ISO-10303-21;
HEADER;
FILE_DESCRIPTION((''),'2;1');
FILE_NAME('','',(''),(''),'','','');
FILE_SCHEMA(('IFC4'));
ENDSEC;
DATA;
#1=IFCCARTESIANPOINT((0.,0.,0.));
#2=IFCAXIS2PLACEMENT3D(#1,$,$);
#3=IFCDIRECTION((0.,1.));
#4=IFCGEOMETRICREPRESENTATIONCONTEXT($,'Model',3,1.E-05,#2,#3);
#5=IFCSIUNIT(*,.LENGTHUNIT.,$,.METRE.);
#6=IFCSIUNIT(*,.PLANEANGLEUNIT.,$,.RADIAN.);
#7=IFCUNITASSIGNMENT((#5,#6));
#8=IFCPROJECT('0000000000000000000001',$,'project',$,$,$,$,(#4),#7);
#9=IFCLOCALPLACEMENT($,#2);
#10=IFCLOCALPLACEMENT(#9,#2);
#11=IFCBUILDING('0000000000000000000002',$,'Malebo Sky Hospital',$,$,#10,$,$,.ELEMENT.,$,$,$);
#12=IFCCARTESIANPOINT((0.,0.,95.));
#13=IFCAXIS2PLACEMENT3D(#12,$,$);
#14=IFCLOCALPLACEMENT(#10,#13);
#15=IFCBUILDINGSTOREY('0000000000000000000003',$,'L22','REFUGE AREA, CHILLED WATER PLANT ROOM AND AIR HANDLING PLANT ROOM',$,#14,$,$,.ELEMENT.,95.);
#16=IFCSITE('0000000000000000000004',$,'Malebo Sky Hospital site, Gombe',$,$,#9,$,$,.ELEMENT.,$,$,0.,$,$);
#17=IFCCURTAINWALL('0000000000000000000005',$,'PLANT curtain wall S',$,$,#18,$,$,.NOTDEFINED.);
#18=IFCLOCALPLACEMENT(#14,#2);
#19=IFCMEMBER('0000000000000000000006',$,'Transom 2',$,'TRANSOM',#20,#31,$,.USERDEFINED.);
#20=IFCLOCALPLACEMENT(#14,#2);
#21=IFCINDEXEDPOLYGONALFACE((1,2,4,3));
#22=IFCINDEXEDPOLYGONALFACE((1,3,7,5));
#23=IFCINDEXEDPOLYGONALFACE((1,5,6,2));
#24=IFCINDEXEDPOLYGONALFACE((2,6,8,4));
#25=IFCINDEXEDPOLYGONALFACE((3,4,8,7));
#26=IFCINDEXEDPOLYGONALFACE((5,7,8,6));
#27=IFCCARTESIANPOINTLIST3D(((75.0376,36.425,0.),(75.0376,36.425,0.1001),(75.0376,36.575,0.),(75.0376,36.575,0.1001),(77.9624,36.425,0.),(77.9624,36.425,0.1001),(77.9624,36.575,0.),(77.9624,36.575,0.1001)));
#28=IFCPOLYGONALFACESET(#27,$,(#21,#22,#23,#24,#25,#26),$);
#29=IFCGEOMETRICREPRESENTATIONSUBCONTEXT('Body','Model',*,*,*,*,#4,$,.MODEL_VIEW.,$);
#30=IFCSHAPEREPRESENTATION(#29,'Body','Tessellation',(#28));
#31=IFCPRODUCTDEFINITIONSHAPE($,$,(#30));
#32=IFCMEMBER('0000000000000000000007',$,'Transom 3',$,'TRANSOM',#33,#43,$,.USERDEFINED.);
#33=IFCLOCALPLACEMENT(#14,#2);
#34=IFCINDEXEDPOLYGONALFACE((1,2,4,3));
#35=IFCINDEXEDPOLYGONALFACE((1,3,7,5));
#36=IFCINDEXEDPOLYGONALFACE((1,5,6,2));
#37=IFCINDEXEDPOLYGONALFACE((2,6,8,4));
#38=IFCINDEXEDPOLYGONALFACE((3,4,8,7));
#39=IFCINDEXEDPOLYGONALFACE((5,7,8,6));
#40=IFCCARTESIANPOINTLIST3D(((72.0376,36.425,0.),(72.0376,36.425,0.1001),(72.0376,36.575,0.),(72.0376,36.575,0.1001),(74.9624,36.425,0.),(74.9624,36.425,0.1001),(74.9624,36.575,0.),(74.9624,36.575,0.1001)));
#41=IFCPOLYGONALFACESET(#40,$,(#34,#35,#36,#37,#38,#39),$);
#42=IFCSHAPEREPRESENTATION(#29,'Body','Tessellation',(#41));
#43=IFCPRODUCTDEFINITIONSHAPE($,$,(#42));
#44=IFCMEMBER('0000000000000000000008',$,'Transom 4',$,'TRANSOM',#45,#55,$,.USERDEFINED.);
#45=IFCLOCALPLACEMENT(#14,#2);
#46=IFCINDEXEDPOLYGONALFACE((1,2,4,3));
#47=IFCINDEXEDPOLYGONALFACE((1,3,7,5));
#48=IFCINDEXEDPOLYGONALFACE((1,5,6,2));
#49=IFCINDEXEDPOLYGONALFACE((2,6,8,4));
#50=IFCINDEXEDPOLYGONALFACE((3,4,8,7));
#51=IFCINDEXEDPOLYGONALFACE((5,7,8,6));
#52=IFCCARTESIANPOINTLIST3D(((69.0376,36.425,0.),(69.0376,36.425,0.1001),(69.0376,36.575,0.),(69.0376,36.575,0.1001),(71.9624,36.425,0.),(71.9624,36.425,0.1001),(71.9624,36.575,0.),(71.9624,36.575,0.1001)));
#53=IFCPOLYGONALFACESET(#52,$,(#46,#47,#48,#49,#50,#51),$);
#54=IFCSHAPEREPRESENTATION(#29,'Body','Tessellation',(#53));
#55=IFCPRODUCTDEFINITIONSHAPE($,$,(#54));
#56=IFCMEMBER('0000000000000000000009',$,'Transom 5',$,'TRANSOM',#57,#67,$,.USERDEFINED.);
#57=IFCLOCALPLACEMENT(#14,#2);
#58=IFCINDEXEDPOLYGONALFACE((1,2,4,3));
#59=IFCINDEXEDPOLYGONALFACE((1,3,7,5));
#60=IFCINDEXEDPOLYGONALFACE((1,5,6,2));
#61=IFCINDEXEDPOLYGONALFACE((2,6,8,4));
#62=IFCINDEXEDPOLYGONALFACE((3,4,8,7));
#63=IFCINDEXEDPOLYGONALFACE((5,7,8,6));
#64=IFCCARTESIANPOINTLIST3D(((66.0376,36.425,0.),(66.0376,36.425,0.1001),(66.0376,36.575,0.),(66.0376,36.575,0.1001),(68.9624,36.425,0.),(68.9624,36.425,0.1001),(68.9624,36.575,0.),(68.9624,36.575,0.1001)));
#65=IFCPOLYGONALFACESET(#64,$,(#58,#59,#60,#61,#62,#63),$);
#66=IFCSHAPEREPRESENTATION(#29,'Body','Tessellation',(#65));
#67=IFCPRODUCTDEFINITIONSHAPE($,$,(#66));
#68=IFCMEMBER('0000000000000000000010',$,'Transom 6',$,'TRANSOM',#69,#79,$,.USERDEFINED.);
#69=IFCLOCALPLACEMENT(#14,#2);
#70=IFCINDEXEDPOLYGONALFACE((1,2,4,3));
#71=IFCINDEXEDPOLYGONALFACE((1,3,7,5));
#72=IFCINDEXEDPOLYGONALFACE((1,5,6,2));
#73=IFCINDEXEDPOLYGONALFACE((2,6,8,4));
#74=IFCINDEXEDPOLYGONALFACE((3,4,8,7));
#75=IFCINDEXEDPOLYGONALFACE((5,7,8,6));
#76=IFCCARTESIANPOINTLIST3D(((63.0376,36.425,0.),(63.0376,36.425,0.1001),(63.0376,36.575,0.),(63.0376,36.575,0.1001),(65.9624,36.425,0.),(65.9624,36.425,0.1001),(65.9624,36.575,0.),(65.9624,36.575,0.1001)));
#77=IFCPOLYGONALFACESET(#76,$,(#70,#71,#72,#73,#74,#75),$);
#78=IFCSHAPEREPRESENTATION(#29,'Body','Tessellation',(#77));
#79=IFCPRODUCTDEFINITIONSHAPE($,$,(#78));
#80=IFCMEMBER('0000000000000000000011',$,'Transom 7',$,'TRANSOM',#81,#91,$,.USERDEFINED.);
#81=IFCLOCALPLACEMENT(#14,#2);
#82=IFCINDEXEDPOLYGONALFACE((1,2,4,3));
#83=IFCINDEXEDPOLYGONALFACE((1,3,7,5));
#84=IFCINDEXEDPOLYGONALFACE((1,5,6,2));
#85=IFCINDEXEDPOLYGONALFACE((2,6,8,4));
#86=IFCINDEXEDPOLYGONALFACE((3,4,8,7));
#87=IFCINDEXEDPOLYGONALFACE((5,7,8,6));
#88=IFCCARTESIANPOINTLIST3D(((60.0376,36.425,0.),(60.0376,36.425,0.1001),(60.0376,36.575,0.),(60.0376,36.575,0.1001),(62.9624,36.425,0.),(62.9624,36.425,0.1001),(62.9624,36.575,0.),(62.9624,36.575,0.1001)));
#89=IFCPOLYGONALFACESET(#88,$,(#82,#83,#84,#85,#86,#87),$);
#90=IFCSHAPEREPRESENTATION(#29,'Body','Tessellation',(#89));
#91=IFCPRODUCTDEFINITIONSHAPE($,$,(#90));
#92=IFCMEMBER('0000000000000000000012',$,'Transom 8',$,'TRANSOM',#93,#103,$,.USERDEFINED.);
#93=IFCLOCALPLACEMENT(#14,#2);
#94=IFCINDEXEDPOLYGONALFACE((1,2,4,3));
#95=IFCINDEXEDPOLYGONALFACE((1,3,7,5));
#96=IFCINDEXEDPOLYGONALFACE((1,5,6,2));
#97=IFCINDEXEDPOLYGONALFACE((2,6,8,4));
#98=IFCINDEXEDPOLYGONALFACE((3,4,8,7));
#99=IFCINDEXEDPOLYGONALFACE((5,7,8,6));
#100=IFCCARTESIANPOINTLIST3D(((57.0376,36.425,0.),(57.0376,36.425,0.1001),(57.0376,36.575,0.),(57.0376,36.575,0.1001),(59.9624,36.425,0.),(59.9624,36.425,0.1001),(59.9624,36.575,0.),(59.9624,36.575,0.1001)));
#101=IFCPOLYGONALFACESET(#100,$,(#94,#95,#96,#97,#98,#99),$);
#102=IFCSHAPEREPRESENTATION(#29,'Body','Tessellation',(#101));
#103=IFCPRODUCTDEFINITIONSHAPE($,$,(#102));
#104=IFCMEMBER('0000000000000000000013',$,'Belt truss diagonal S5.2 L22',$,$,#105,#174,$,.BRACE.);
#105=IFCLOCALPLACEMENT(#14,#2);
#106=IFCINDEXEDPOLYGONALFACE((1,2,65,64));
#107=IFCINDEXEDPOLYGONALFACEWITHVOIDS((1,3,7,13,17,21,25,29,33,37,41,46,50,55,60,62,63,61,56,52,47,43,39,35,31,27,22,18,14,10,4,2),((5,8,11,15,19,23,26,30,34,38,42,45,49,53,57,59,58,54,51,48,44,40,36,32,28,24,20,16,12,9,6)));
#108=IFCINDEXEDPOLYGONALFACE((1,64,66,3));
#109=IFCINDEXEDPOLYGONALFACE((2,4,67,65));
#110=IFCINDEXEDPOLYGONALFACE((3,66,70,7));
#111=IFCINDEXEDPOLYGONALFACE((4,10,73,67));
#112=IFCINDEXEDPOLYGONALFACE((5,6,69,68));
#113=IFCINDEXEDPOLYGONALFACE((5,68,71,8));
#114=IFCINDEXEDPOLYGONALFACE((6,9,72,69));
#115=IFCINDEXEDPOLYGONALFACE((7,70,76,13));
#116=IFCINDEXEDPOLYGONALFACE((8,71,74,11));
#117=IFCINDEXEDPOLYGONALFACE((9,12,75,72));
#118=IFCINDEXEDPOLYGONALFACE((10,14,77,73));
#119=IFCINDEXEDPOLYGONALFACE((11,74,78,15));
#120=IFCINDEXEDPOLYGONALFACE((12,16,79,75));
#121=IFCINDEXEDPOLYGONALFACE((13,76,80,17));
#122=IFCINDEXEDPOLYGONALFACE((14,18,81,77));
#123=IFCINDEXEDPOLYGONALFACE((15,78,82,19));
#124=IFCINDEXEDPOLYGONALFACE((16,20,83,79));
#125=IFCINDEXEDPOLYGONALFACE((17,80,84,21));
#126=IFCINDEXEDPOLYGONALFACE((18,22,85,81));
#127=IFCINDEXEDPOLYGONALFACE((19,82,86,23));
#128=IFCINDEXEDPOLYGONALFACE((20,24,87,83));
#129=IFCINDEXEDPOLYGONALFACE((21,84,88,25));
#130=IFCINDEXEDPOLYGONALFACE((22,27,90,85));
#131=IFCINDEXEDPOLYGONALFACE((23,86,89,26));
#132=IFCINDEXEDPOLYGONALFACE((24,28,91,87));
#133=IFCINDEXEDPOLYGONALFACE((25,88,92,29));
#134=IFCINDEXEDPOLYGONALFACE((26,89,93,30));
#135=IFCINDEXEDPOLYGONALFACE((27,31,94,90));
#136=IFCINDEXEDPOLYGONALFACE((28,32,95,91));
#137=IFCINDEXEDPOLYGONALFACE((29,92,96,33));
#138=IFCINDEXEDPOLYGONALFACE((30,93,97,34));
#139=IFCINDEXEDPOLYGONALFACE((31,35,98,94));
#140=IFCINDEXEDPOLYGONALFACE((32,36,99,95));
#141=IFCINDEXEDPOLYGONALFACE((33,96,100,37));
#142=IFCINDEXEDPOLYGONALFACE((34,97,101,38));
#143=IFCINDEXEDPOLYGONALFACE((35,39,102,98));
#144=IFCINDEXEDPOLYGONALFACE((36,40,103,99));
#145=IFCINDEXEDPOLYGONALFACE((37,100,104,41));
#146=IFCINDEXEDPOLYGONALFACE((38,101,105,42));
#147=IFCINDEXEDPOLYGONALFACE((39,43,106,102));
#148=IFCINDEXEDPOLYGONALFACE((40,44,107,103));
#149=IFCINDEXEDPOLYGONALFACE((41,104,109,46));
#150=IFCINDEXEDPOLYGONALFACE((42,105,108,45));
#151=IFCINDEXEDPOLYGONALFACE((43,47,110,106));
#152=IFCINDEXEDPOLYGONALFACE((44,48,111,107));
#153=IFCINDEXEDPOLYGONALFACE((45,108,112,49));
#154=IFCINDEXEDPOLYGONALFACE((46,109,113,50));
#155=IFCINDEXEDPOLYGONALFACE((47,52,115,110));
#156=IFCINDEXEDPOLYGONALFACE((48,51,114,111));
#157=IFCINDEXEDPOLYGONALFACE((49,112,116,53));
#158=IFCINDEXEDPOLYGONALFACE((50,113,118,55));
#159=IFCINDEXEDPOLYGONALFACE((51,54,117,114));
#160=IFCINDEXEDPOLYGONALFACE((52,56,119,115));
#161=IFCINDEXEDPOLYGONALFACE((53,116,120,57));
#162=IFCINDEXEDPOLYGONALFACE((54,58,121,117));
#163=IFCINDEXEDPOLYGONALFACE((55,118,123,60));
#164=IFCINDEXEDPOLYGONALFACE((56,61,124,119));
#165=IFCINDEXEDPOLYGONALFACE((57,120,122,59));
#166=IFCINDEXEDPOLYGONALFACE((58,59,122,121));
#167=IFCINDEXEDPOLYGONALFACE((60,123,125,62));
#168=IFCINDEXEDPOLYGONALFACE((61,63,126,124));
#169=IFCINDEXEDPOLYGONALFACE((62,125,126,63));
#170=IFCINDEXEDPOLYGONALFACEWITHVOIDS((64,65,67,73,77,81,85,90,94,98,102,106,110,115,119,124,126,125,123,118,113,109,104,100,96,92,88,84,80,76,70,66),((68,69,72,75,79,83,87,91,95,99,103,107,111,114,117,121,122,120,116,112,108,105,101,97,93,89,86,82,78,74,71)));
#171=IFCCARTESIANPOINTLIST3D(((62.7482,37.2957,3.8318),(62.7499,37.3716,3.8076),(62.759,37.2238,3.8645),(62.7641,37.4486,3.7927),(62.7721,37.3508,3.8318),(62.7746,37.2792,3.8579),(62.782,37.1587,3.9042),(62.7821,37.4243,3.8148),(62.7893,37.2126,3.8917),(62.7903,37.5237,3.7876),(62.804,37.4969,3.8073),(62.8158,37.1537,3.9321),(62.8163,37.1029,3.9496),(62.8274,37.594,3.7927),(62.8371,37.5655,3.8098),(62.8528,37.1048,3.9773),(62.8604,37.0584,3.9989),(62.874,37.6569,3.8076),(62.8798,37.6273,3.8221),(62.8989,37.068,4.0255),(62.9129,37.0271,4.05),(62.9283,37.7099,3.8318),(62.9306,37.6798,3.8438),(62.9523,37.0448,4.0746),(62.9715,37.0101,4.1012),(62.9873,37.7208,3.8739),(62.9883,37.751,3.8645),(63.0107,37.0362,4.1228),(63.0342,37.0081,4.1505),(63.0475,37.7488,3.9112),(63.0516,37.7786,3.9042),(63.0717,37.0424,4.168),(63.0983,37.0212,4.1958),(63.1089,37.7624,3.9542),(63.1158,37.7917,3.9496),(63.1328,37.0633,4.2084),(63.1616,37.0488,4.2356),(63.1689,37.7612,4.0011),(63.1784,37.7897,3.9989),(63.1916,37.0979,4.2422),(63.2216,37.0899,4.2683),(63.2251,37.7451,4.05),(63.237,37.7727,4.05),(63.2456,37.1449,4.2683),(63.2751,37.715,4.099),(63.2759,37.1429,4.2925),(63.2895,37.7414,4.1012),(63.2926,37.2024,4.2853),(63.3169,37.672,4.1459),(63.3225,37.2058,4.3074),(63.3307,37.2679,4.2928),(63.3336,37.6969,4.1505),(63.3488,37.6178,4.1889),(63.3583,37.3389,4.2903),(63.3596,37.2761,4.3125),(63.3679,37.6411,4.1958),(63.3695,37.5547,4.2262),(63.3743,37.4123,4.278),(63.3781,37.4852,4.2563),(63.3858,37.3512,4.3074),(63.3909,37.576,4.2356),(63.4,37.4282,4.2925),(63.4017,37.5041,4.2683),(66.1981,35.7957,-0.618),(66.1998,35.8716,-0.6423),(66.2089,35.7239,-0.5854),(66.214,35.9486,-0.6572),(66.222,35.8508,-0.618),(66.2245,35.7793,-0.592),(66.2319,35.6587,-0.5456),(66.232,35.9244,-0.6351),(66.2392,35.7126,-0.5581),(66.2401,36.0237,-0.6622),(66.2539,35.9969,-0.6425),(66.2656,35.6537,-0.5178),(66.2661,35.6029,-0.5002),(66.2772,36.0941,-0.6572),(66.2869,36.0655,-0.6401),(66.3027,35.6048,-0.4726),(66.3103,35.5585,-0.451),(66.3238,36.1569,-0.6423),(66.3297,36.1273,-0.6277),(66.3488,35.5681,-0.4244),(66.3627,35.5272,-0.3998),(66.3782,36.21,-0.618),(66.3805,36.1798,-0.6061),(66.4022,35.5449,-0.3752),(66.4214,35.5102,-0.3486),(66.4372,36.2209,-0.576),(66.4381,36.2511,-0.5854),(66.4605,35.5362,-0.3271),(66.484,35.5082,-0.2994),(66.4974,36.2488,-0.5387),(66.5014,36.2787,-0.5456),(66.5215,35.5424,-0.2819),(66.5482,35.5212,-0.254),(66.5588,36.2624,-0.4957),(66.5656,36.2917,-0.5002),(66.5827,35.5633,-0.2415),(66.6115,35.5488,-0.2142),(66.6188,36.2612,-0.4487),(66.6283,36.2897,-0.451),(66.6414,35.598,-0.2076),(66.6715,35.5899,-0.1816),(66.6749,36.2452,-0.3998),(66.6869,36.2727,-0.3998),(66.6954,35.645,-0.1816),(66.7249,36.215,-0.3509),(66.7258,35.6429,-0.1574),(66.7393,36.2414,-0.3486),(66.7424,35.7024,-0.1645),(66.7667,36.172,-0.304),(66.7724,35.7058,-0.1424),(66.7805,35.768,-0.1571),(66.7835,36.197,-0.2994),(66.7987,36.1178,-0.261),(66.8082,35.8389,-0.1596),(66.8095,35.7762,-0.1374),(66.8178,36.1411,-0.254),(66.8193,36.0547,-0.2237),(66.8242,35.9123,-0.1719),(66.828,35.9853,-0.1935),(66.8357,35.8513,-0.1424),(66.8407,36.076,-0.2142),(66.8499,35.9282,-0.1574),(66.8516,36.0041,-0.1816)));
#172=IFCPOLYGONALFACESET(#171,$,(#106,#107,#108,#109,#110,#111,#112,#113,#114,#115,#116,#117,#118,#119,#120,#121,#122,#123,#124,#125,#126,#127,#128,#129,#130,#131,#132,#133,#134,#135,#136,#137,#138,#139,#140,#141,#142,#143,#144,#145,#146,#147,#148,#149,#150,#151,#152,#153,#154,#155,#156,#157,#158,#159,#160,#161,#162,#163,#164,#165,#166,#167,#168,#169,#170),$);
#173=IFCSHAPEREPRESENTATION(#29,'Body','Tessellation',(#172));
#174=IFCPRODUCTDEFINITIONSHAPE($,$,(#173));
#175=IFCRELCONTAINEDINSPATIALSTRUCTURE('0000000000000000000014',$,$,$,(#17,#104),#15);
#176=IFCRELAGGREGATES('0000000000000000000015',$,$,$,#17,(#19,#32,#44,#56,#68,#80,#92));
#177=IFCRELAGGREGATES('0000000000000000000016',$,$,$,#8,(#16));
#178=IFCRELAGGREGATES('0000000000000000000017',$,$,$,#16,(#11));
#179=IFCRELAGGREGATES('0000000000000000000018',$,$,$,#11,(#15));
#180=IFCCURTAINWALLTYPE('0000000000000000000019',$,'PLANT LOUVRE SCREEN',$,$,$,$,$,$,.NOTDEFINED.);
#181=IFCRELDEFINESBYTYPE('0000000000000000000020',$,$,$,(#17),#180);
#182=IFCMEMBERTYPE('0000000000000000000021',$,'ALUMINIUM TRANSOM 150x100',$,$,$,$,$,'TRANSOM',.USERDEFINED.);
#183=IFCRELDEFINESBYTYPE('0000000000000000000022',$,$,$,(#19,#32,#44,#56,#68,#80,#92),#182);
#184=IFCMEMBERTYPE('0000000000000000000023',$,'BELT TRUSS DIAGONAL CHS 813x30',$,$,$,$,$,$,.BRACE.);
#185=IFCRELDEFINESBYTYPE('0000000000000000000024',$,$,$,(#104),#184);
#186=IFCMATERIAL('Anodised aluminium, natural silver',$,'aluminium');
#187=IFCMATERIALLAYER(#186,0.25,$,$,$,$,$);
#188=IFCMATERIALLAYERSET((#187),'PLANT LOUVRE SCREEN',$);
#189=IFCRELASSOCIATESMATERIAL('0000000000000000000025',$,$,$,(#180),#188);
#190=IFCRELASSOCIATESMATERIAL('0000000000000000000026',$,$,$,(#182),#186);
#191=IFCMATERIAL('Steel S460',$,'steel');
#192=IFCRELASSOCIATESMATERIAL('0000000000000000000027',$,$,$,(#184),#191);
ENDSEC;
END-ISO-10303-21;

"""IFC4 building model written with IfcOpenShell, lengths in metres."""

from ifc_helpers import new_model, si_unit, direction, frame, origin, origin_2d, place, context, subcontext, project, spatial, rectangle, hollow_circle, extrude, material, layer, layer_set, material_profile, profile_set, type_object, element, aggregate, save


model = new_model("IFC4")

# Units and contexts
model_context = context("Model", 3, precision=1e-05, world=origin(), true_north=direction((0.0, 1.0)))
body_context = subcontext(model_context, "Body", "Model", "MODEL_VIEW")
ifc_project = project(units=[si_unit("LENGTHUNIT", "METRE"), si_unit("PLANEANGLEUNIT", "RADIAN")], contexts=[model_context])

# Site, building, storey
site_placement = place(None, origin())
site = spatial("IfcSite", under=ifc_project, at=site_placement, Name="Malebo Sky Hospital site, Gombe", CompositionType="ELEMENT", RefElevation=0.0)
building_placement = place(site_placement, origin())
building = spatial("IfcBuilding", under=site, at=building_placement, Name="Malebo Sky Hospital", CompositionType="ELEMENT")
storey_placement = place(building_placement, frame((0.0, 0.0, 95.0)))
storey = spatial("IfcBuildingStorey", under=building, at=storey_placement, Name="L22", Description="REFUGE AREA, CHILLED WATER PLANT ROOM AND AIR HANDLING PLANT ROOM", CompositionType="ELEMENT", Elevation=95.0)

# Curtain wall, members
ifc_material_1 = material(Name="Anodised aluminium, natural silver", Category="aluminium")
ifc_layer_1 = layer(ifc_material_1, 0.25)
ifc_layer_set_1 = layer_set([ifc_layer_1], Name="PLANT LOUVRE SCREEN")
curtain_wall_type = type_object("IfcCurtainWallType", Name="PLANT LOUVRE SCREEN", PredefinedType="NOTDEFINED", material=ifc_layer_set_1)
curtain_wall_placement = place(storey_placement, origin())
curtain_wall = element("IfcCurtainWall", 1, at=curtain_wall_placement, inside=storey, type_object=curtain_wall_type, Name="PLANT curtain wall S", PredefinedType="NOTDEFINED")
ifc_material_profile_1 = material_profile(ifc_material_1, rectangle(XDim=0.1499, YDim=0.1001, at=origin_2d()), Name="ALUMINIUM TRANSOM 150x100")
ifc_profile_set_1 = profile_set([ifc_material_profile_1], Name="Anodised aluminium, natural silver")
member_type_1 = type_object("IfcMemberType", Name="ALUMINIUM TRANSOM 150x100", ElementType="TRANSOM", PredefinedType="USERDEFINED", material=ifc_profile_set_1)
member_1_placement = place(storey_placement, frame((77.9624, 36.5, 0.05), z_axis=(-1.0, 0.0, 0.0), x_axis=(0.0, -1.0, 0.0)))
member_1 = element("IfcMember", 2, at=member_1_placement, type_object=member_type_1, Name="Transom 2", ObjectType="TRANSOM", PredefinedType="USERDEFINED", context=body_context, shape_type="SweptSolid", body=[
    extrude(rectangle(XDim=0.1499, YDim=0.1001, at=origin_2d()), origin(), (0.0, 0.0, 1.0), 2.9248),
])
member_2_placement = place(storey_placement, frame((74.9624, 36.5, 0.05), z_axis=(-1.0, 0.0, 0.0), x_axis=(0.0, -1.0, 0.0)))
member_2 = element("IfcMember", 3, at=member_2_placement, type_object=member_type_1, Name="Transom 3", ObjectType="TRANSOM", PredefinedType="USERDEFINED", context=body_context, shape_type="SweptSolid", body=[
    extrude(rectangle(XDim=0.1499, YDim=0.1001, at=origin_2d()), origin(), (0.0, 0.0, 1.0), 2.9248),
])
member_3_placement = place(storey_placement, frame((71.9624, 36.5, 0.05), z_axis=(-1.0, 0.0, 0.0), x_axis=(0.0, -1.0, 0.0)))
member_3 = element("IfcMember", 4, at=member_3_placement, type_object=member_type_1, Name="Transom 4", ObjectType="TRANSOM", PredefinedType="USERDEFINED", context=body_context, shape_type="SweptSolid", body=[
    extrude(rectangle(XDim=0.1499, YDim=0.1001, at=origin_2d()), origin(), (0.0, 0.0, 1.0), 2.9248),
])
member_4_placement = place(storey_placement, frame((68.9624, 36.5, 0.05), z_axis=(-1.0, 0.0, 0.0), x_axis=(0.0, -1.0, 0.0)))
member_4 = element("IfcMember", 5, at=member_4_placement, type_object=member_type_1, Name="Transom 5", ObjectType="TRANSOM", PredefinedType="USERDEFINED", context=body_context, shape_type="SweptSolid", body=[
    extrude(rectangle(XDim=0.1499, YDim=0.1001, at=origin_2d()), origin(), (0.0, 0.0, 1.0), 2.9248),
])
member_5_placement = place(storey_placement, frame((65.9624, 36.5, 0.05), z_axis=(-1.0, 0.0, 0.0), x_axis=(0.0, -1.0, 0.0)))
member_5 = element("IfcMember", 6, at=member_5_placement, type_object=member_type_1, Name="Transom 6", ObjectType="TRANSOM", PredefinedType="USERDEFINED", context=body_context, shape_type="SweptSolid", body=[
    extrude(rectangle(XDim=0.1499, YDim=0.1001, at=origin_2d()), origin(), (0.0, 0.0, 1.0), 2.9248),
])
member_6_placement = place(storey_placement, frame((62.9624, 36.5, 0.05), z_axis=(-1.0, 0.0, 0.0), x_axis=(0.0, -1.0, 0.0)))
member_6 = element("IfcMember", 7, at=member_6_placement, type_object=member_type_1, Name="Transom 7", ObjectType="TRANSOM", PredefinedType="USERDEFINED", context=body_context, shape_type="SweptSolid", body=[
    extrude(rectangle(XDim=0.1499, YDim=0.1001, at=origin_2d()), origin(), (0.0, 0.0, 1.0), 2.9248),
])
member_7_placement = place(storey_placement, frame((59.9624, 36.5, 0.05), z_axis=(-1.0, 0.0, 0.0), x_axis=(0.0, -1.0, 0.0)))
member_7 = element("IfcMember", 8, at=member_7_placement, type_object=member_type_1, Name="Transom 8", ObjectType="TRANSOM", PredefinedType="USERDEFINED", context=body_context, shape_type="SweptSolid", body=[
    extrude(rectangle(XDim=0.1499, YDim=0.1001, at=origin_2d()), origin(), (0.0, 0.0, 1.0), 2.9248),
])

# Member
ifc_material_2 = material(Name="Steel S460", Category="steel")
ifc_material_profile_2 = material_profile(ifc_material_2, hollow_circle(Radius=0.4065, WallThickness=0.03, at=origin_2d()), Name="CHS 813x30")
ifc_profile_set_2 = profile_set([ifc_material_profile_2], Name="Steel S460")
member_type_2 = type_object("IfcMemberType", Name="BELT TRUSS DIAGONAL CHS 813x30", PredefinedType="BRACE", material=ifc_profile_set_2)
member_8_placement = place(storey_placement, frame((63.075, 37.3999, 4.05), z_axis=(0.59206, -0.257421, -0.763675), x_axis=(0.398731, 0.917068, 0.0)))
element("IfcMember", 9, at=member_8_placement, inside=storey, type_object=member_type_2, Name="Belt truss diagonal S5.2 L22", PredefinedType="BRACE", context=body_context, shape_type="SweptSolid", body=[
    extrude(hollow_circle(Radius=0.4065, WallThickness=0.03, at=origin_2d()), origin(), (0.0, 0.0, 1.0), 5.8269),
])

aggregate(curtain_wall, [member_1, member_2, member_3, member_4, member_5, member_6, member_7])

save(model, "model.ifc")
